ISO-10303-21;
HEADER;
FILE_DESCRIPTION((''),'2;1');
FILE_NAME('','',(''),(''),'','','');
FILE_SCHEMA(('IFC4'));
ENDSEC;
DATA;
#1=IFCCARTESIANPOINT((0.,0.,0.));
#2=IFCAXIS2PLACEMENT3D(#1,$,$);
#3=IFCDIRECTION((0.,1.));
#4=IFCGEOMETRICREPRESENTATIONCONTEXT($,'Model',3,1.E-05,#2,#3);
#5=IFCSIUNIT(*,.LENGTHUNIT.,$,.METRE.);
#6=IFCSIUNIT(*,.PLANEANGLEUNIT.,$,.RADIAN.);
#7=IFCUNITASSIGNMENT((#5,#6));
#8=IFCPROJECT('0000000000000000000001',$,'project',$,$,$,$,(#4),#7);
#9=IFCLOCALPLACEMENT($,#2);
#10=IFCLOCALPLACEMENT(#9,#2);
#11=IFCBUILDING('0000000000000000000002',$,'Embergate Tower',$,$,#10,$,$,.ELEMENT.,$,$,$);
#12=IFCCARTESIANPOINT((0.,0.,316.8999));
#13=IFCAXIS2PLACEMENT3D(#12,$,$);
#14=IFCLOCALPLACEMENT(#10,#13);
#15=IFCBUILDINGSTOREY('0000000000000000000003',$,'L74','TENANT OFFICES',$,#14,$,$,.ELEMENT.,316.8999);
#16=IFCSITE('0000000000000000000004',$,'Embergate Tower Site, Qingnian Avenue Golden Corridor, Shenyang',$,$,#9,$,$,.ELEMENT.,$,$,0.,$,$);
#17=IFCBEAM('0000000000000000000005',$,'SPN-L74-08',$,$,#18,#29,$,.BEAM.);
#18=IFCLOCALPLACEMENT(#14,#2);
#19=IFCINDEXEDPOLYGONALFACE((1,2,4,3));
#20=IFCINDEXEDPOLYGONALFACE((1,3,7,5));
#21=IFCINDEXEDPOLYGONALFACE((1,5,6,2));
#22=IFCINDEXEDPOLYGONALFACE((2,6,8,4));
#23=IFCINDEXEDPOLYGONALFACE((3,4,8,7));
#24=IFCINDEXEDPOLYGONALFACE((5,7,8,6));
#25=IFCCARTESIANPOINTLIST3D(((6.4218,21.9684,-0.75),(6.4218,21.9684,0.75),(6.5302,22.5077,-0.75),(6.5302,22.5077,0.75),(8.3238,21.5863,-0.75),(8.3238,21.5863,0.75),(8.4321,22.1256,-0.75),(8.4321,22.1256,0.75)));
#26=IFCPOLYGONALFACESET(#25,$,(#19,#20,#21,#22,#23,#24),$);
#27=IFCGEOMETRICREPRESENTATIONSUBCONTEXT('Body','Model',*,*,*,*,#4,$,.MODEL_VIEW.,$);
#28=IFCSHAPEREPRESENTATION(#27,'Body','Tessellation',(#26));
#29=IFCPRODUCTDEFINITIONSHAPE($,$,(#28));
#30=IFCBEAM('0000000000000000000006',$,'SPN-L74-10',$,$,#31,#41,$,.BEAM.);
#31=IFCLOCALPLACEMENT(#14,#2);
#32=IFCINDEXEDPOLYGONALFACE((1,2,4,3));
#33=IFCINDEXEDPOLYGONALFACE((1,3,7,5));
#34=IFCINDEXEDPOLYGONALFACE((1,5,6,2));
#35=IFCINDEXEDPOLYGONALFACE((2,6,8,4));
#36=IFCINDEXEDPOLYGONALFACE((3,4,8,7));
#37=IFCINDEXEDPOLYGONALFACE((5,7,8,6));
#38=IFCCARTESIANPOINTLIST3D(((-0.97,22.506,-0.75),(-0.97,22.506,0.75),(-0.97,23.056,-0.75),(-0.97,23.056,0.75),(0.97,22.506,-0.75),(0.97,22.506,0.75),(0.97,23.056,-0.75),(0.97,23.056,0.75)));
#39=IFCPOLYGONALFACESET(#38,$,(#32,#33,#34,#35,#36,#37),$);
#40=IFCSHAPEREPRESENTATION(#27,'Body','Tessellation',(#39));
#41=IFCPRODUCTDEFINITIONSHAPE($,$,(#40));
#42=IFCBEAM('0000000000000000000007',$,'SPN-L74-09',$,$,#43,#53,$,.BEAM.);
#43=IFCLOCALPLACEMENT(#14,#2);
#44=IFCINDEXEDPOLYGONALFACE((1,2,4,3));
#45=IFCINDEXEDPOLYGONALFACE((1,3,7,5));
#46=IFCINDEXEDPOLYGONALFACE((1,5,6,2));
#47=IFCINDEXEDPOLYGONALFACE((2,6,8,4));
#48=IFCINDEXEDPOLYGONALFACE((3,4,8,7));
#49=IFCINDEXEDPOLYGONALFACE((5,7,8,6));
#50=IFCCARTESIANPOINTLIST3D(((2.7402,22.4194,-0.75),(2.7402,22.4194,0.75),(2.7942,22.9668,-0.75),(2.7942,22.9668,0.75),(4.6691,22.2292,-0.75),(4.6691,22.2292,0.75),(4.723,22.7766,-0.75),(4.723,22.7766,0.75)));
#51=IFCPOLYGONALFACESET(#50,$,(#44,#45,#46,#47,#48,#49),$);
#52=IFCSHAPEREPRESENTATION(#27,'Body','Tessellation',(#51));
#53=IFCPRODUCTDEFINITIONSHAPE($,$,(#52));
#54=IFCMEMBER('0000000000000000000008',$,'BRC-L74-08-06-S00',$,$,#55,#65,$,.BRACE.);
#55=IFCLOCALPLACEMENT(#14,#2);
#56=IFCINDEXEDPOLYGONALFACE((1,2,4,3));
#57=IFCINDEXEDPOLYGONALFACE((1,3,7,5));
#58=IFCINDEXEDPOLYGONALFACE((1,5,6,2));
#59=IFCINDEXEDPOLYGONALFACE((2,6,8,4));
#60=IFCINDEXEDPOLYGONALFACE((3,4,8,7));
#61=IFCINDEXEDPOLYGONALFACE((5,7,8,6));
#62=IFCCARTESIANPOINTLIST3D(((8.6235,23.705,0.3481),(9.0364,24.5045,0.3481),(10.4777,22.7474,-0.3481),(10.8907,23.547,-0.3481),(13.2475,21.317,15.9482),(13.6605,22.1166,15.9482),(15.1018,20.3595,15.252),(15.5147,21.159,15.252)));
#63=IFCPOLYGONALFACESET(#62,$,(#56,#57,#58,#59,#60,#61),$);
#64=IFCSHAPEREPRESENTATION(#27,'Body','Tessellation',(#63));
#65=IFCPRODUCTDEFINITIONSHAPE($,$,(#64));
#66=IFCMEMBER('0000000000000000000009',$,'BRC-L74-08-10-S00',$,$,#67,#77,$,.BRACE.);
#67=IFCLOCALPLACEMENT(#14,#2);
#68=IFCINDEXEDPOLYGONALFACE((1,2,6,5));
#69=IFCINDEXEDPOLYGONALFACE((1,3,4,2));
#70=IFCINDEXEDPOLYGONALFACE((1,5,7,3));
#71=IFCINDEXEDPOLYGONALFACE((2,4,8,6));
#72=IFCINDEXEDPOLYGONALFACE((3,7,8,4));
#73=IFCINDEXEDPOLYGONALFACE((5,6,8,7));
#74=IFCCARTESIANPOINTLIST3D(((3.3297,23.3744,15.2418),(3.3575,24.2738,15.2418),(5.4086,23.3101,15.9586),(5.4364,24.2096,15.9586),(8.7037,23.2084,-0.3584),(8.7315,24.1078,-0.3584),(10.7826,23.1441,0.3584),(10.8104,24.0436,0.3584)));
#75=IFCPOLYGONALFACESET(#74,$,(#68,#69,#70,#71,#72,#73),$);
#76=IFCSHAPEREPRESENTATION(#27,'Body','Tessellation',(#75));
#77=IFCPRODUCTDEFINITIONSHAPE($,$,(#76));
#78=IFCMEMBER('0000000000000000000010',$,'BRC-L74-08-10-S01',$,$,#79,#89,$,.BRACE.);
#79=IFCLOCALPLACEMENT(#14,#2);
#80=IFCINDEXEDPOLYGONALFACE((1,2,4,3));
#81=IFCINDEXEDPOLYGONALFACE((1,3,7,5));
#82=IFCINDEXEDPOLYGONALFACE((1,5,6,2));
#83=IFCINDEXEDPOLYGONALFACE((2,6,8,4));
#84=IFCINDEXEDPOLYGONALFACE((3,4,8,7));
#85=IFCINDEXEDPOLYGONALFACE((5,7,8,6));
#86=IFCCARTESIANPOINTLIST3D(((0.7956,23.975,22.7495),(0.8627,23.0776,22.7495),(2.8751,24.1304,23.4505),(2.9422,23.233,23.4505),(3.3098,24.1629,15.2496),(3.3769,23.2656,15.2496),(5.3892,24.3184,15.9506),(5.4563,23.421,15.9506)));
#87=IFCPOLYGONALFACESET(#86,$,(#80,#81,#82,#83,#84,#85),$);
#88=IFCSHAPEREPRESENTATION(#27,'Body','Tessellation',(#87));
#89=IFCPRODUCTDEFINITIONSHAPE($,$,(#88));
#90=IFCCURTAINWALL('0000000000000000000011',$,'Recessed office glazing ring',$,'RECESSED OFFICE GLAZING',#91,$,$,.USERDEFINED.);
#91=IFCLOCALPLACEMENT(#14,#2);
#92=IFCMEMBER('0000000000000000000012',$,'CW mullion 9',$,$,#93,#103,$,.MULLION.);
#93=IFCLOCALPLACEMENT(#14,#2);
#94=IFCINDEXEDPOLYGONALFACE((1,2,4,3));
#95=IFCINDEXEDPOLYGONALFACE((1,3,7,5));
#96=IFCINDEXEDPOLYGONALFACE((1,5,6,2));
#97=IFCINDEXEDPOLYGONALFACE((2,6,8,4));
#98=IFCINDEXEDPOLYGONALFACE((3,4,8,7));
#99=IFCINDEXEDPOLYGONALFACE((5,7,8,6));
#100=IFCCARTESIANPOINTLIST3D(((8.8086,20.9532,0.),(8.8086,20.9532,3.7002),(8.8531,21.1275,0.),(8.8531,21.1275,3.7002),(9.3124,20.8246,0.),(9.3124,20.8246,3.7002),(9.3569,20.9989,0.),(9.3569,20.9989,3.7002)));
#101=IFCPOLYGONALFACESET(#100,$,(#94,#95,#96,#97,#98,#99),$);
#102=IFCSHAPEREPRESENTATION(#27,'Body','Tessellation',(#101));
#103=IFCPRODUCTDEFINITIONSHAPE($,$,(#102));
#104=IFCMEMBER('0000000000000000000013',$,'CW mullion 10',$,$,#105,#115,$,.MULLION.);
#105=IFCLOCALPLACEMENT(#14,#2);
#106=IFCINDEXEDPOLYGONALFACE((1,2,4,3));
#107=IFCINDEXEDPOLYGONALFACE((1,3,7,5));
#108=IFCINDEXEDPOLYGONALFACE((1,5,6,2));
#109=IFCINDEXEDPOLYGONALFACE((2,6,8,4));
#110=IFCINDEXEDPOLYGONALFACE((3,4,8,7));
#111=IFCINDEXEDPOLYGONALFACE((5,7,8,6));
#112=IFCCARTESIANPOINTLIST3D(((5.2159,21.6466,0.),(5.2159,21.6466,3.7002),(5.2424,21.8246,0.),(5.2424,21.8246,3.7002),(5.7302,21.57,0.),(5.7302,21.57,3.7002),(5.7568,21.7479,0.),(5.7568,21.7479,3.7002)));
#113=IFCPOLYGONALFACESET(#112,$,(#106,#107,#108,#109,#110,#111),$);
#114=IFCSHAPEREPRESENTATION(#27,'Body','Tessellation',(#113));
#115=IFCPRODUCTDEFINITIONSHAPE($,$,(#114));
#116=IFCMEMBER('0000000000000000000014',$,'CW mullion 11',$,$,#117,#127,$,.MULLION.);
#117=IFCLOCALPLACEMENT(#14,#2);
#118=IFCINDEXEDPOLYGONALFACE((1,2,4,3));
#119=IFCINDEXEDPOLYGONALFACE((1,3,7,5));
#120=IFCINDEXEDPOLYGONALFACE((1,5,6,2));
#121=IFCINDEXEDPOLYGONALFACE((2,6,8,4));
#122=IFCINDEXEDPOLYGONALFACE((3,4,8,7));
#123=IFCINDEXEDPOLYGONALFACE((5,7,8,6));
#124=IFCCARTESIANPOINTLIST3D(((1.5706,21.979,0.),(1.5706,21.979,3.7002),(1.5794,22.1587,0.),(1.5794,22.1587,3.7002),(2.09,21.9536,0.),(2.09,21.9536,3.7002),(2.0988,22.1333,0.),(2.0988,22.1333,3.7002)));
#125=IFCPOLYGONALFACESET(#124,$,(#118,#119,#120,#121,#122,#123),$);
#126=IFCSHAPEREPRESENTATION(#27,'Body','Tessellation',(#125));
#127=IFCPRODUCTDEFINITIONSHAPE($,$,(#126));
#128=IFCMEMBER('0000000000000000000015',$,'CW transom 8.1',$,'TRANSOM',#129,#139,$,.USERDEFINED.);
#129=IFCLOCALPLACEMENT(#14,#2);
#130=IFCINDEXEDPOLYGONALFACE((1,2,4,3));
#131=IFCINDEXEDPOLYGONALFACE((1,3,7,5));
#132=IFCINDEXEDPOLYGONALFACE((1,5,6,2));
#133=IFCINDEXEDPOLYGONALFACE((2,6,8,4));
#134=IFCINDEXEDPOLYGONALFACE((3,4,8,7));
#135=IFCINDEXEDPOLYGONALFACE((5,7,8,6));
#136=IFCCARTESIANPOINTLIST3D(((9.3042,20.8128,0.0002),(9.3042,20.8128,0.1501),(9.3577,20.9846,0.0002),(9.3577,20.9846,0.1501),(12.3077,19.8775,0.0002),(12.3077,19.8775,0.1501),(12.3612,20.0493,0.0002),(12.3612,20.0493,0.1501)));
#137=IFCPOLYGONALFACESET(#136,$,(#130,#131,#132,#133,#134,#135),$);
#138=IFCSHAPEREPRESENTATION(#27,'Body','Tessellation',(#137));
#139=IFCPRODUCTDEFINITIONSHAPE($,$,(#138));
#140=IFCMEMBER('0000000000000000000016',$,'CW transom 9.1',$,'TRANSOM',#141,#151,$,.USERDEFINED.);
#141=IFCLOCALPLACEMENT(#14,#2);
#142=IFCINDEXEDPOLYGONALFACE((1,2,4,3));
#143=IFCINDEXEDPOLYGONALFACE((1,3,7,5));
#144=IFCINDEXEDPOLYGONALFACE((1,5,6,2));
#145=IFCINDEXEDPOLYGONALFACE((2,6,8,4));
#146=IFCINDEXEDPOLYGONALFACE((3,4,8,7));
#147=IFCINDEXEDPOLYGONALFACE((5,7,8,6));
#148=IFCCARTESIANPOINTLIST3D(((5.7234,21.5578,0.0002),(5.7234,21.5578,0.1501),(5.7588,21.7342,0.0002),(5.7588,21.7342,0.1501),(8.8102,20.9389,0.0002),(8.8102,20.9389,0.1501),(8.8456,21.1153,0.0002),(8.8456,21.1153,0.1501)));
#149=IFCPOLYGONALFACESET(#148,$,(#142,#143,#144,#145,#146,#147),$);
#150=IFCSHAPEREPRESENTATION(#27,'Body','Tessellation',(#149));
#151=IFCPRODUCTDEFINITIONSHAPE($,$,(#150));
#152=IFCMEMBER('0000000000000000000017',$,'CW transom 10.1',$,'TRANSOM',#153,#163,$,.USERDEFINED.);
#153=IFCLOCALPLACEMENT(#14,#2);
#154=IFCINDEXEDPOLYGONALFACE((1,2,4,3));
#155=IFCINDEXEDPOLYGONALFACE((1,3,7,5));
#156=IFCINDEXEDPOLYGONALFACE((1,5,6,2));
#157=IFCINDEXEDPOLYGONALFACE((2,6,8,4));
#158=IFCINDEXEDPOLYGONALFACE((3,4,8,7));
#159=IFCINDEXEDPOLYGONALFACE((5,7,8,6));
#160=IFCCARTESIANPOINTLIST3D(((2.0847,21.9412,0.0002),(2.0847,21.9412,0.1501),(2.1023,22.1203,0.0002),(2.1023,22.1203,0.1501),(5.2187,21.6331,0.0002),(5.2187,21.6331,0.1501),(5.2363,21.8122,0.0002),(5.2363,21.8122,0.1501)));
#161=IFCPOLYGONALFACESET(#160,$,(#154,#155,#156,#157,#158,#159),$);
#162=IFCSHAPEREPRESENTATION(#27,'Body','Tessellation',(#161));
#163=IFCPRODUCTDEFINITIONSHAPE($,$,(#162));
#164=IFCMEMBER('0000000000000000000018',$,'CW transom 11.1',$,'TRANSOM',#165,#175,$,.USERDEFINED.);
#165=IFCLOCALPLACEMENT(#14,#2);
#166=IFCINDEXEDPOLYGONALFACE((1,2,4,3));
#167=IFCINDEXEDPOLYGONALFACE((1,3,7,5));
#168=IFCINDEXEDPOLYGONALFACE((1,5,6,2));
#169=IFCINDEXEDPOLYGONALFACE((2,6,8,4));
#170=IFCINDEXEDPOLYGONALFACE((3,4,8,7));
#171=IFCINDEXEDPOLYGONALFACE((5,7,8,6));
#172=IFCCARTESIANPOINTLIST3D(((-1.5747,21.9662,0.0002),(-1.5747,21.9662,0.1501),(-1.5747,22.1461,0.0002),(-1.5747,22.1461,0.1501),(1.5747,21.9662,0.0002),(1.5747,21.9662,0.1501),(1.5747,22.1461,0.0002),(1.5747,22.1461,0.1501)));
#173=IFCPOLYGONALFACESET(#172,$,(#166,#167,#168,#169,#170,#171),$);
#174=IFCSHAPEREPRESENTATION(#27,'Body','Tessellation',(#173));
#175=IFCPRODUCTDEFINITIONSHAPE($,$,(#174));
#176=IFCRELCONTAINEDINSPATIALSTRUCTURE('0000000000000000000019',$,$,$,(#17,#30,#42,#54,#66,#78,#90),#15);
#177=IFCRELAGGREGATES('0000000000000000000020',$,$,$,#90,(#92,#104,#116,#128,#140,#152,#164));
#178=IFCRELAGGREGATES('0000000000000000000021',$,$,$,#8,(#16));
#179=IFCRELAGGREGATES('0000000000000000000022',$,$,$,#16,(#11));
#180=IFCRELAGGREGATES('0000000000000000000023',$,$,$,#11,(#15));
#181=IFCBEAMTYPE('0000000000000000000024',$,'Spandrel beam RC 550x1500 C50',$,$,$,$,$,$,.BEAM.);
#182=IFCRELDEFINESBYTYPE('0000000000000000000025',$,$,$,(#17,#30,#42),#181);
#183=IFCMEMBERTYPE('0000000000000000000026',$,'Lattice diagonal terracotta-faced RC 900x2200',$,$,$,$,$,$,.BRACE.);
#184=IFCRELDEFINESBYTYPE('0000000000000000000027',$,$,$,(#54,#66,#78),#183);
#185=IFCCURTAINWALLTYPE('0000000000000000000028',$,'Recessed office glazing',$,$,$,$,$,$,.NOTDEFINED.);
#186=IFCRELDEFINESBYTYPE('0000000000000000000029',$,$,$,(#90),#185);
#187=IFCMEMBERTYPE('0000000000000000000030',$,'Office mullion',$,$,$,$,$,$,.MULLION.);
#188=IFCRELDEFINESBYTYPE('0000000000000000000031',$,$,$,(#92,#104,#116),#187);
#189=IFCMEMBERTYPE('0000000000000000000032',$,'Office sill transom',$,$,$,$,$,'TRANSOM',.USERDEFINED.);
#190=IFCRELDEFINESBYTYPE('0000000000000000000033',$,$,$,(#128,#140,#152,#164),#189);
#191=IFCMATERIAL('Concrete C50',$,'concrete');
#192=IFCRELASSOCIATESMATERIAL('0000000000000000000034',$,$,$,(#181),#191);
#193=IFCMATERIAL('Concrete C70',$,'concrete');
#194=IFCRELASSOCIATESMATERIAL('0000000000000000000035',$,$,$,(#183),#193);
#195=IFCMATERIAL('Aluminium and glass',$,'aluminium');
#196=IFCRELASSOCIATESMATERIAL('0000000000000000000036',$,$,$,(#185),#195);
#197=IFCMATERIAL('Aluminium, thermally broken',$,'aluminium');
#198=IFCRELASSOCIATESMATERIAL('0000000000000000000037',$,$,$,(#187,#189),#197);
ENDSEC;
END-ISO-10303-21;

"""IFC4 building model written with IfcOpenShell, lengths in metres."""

from ifc_helpers import new_model, si_unit, direction, frame, origin, origin_2d, place, context, subcontext, project, spatial, rectangle, extrude, source, transform, mapped, material, material_profile, profile_set, type_object, element, aggregate, save


model = new_model("IFC4")

# Units and contexts
model_context = context("Model", 3, precision=1e-05, world=origin(), true_north=direction((0.0, 1.0)))
body_context = subcontext(model_context, "Body", "Model", "MODEL_VIEW")
ifc_project = project(units=[si_unit("LENGTHUNIT", "METRE"), si_unit("PLANEANGLEUNIT", "RADIAN")], contexts=[model_context])

# Site, building, storey
site_placement = place(None, origin())
site = spatial("IfcSite", under=ifc_project, at=site_placement, Name="Embergate Tower Site, Qingnian Avenue Golden Corridor, Shenyang", CompositionType="ELEMENT", RefElevation=0.0)
building_placement = place(site_placement, origin())
building = spatial("IfcBuilding", under=site, at=building_placement, Name="Embergate Tower", CompositionType="ELEMENT")
storey_placement = place(building_placement, frame((0.0, 0.0, 316.8999)))
storey = spatial("IfcBuildingStorey", under=building, at=storey_placement, Name="L74", Description="TENANT OFFICES", CompositionType="ELEMENT", Elevation=316.8999)

# Beams
ifc_material_1 = material(Name="Concrete C50", Category="concrete")
ifc_material_profile_1 = material_profile(ifc_material_1, rectangle(XDim=0.55, YDim=1.5, at=origin_2d()), Name="RC 550x1500")
ifc_profile_set_1 = profile_set([ifc_material_profile_1], Name="Concrete C50")
beam_type = type_object("IfcBeamType", Name="Spandrel beam RC 550x1500 C50", PredefinedType="BEAM", material=ifc_profile_set_1)
shared_shape_1 = source(origin(), body_context, "Body", "SweptSolid", [
    extrude(rectangle(XDim=0.55, YDim=1.5, at=origin_2d()), origin(), (0.0, 0.0, 1.0), 1.9399),
])
for number, where, z_axis, x_axis, name in (
    (1, (8.3779, 21.856, 0.0), (-0.980411, 0.196963, 0.0), (-0.196963, -0.980411, 0.0), "SPN-L74-08"),
    (2, (0.97, 22.781, 0.0), (-1.0, 0.0, 0.0), (0.0, -1.0, 0.0), "SPN-L74-10"),
):
    element("IfcBeam", number, at=place(storey_placement, frame(where, z_axis=z_axis, x_axis=x_axis)), inside=storey, type_object=beam_type, Name=name, PredefinedType="BEAM", context=body_context, shape_type="MappedRepresentation", body=[
        mapped(shared_shape_1, transform((0.0, 0.0, 0.0))),
    ])
shared_shape_2 = source(origin(), body_context, "Body", "SweptSolid", [
    extrude(rectangle(XDim=0.55, YDim=1.5, at=origin_2d()), origin(), (0.0, 0.0, 1.0), 1.9382),
])
beam_placement = place(storey_placement, frame((4.696, 22.5029, 0.0), z_axis=(-0.995175, 0.098119, 0.0), x_axis=(-0.098119, -0.995175, 0.0)))
element("IfcBeam", 3, at=beam_placement, inside=storey, type_object=beam_type, Name="SPN-L74-09", PredefinedType="BEAM", context=body_context, shape_type="MappedRepresentation", body=[
    mapped(shared_shape_2, transform((0.0, 0.0, 0.0))),
])

# Members
ifc_material_2 = material(Name="Concrete C70", Category="concrete")
ifc_material_profile_2 = material_profile(ifc_material_2, rectangle(XDim=0.8999, YDim=2.2, at=origin_2d()), Name="RC 900x2200")
ifc_profile_set_2 = profile_set([ifc_material_profile_2], Name="Concrete C70")
member_type_1 = type_object("IfcMemberType", Name="Lattice diagonal terracotta-faced RC 900x2200", PredefinedType="BRACE", material=ifc_profile_set_2)
shared_shape_3 = source(origin(), body_context, "Body", "SweptSolid", [
    extrude(rectangle(XDim=0.8999, YDim=2.2, at=origin_2d()), origin(), (0.0, 0.0, 1.0), 16.4453),
])
member_1_placement = place(storey_placement, frame((9.7571, 23.626, 0.0), z_axis=(0.281177, -0.145205, 0.948607), x_axis=(0.458847, 0.888515, 0.0)))
element("IfcMember", 4, at=member_1_placement, inside=storey, type_object=member_type_1, Name="BRC-L74-08-06-S00", PredefinedType="BRACE", context=body_context, shape_type="MappedRepresentation", body=[
    mapped(shared_shape_3, transform((0.0, 0.0, 0.0))),
])
shared_shape_4 = source(origin(), body_context, "Body", "SweptSolid", [
    extrude(rectangle(XDim=0.8999, YDim=2.2, at=origin_2d()), origin(), (0.0, 0.0, 1.0), 16.5007),
])
member_2_placement = place(storey_placement, frame((9.7571, 23.626, 0.0), z_axis=(-0.325686, 0.010061, 0.945424), x_axis=(-0.030878, -0.999523, 0.0)))
element("IfcMember", 5, at=member_2_placement, inside=storey, type_object=member_type_1, Name="BRC-L74-08-10-S00", PredefinedType="BRACE", context=body_context, shape_type="MappedRepresentation", body=[
    mapped(shared_shape_4, transform((0.0, 0.0, 0.0))),
])
shared_shape_5 = source(origin(), body_context, "Body", "SweptSolid", [
    extrude(rectangle(XDim=0.8999, YDim=2.2, at=origin_2d()), origin(), (0.0, 0.0, 1.0), 7.9124),
])
member_3_placement = place(storey_placement, frame((4.3831, 23.792, 15.6001), z_axis=(-0.317749, -0.023759, 0.947877), x_axis=(0.074564, -0.997216, 0.0)))
element("IfcMember", 6, at=member_3_placement, inside=storey, type_object=member_type_1, Name="BRC-L74-08-10-S01", PredefinedType="BRACE", context=body_context, shape_type="MappedRepresentation", body=[
    mapped(shared_shape_5, transform((0.0, 0.0, 0.0))),
])

# Curtain wall, members
ifc_material_3 = material(Name="Aluminium and glass", Category="aluminium")
curtain_wall_type = type_object("IfcCurtainWallType", Name="Recessed office glazing", PredefinedType="NOTDEFINED", material=ifc_material_3)
curtain_wall_placement = place(storey_placement, origin())
curtain_wall = element("IfcCurtainWall", 7, at=curtain_wall_placement, inside=storey, type_object=curtain_wall_type, Name="Recessed office glazing ring", ObjectType="RECESSED OFFICE GLAZING", PredefinedType="USERDEFINED")
ifc_material_4 = material(Name="Aluminium, thermally broken", Category="aluminium")
ifc_material_profile_3 = material_profile(ifc_material_4, rectangle(XDim=0.1799, YDim=0.52, at=origin_2d()), Name="AL 520x180")
ifc_profile_set_3 = profile_set([ifc_material_profile_3], Name="Aluminium, thermally broken")
member_type_2 = type_object("IfcMemberType", Name="Office mullion", PredefinedType="MULLION", material=ifc_profile_set_3)
shared_shape_6 = source(origin(), body_context, "Body", "SweptSolid", [
    extrude(rectangle(XDim=0.1799, YDim=0.52, at=origin_2d()), origin(), (0.0, 0.0, 1.0), 3.7002),
])
member_4_placement = place(storey_placement, frame((9.0828, 20.9761, 0.0), z_axis=(0.0, 0.0, 1.0), x_axis=(-0.24731, -0.968936, 0.0)))
member_4 = element("IfcMember", 8, at=member_4_placement, type_object=member_type_2, Name="CW mullion 9", PredefinedType="MULLION", context=body_context, shape_type="MappedRepresentation", body=[
    mapped(shared_shape_6, transform((0.0, 0.0, 0.0))),
])
member_5_placement = place(storey_placement, frame((5.4863, 21.6973, 0.0), z_axis=(0.0, 0.0, 1.0), x_axis=(-0.147411, -0.989075, 0.0)))
member_5 = element("IfcMember", 9, at=member_5_placement, type_object=member_type_2, Name="CW mullion 10", PredefinedType="MULLION", context=body_context, shape_type="MappedRepresentation", body=[
    mapped(shared_shape_6, transform((0.0, 0.0, 0.0))),
])
member_6_placement = place(storey_placement, frame((1.8347, 22.0562, 0.0), z_axis=(0.0, 0.0, 1.0), x_axis=(-0.048972, -0.9988, 0.0)))
member_6 = element("IfcMember", 10, at=member_6_placement, type_object=member_type_2, Name="CW mullion 11", PredefinedType="MULLION", context=body_context, shape_type="MappedRepresentation", body=[
    mapped(shared_shape_6, transform((0.0, 0.0, 0.0))),
])
ifc_material_profile_4 = material_profile(ifc_material_4, rectangle(XDim=0.1799, YDim=0.1499, at=origin_2d()), Name="AL 150x180")
ifc_profile_set_4 = profile_set([ifc_material_profile_4], Name="Aluminium, thermally broken")
member_type_3 = type_object("IfcMemberType", Name="Office sill transom", ElementType="TRANSOM", PredefinedType="USERDEFINED", material=ifc_profile_set_4)
shared_shape_7 = source(origin(), body_context, "Body", "SweptSolid", [
    extrude(rectangle(XDim=0.1799, YDim=0.1499, at=origin_2d()), origin(), (0.0, 0.0, 1.0), 3.1458),
])
member_7_placement = place(storey_placement, frame((12.3345, 19.9634, 0.0752), z_axis=(-0.954775, 0.297329, 0.0), x_axis=(-0.297329, -0.954775, 0.0)))
member_7 = element("IfcMember", 11, at=member_7_placement, type_object=member_type_3, Name="CW transom 8.1", ObjectType="TRANSOM", PredefinedType="USERDEFINED", context=body_context, shape_type="MappedRepresentation", body=[
    mapped(shared_shape_7, transform((0.0, 0.0, 0.0))),
])
shared_shape_8 = source(origin(), body_context, "Body", "SweptSolid", [
    extrude(rectangle(XDim=0.1799, YDim=0.1499, at=origin_2d()), origin(), (0.0, 0.0, 1.0), 3.1482),
])
member_8_placement = place(storey_placement, frame((8.8279, 21.0271, 0.0752), z_axis=(-0.980485, 0.196593, 0.0), x_axis=(-0.196593, -0.980485, 0.0)))
member_8 = element("IfcMember", 12, at=member_8_placement, type_object=member_type_3, Name="CW transom 9.1", ObjectType="TRANSOM", PredefinedType="USERDEFINED", context=body_context, shape_type="MappedRepresentation", body=[
    mapped(shared_shape_8, transform((0.0, 0.0, 0.0))),
])
shared_shape_9 = source(origin(), body_context, "Body", "SweptSolid", [
    extrude(rectangle(XDim=0.1799, YDim=0.1499, at=origin_2d()), origin(), (0.0, 0.0, 1.0), 3.1492),
])
member_9_placement = place(storey_placement, frame((5.2275, 21.7227, 0.0752), z_axis=(-0.995202, 0.097838, 0.0), x_axis=(-0.097838, -0.995202, 0.0)))
member_9 = element("IfcMember", 13, at=member_9_placement, type_object=member_type_3, Name="CW transom 10.1", ObjectType="TRANSOM", PredefinedType="USERDEFINED", context=body_context, shape_type="MappedRepresentation", body=[
    mapped(shared_shape_9, transform((0.0, 0.0, 0.0))),
])
shared_shape_10 = source(origin(), body_context, "Body", "SweptSolid", [
    extrude(rectangle(XDim=0.1799, YDim=0.1499, at=origin_2d()), origin(), (0.0, 0.0, 1.0), 3.1494),
])
member_10_placement = place(storey_placement, frame((1.5747, 22.0562, 0.0752), z_axis=(-1.0, 0.0, 0.0), x_axis=(0.0, -1.0, 0.0)))
member_10 = element("IfcMember", 14, at=member_10_placement, type_object=member_type_3, Name="CW transom 11.1", ObjectType="TRANSOM", PredefinedType="USERDEFINED", context=body_context, shape_type="MappedRepresentation", body=[
    mapped(shared_shape_10, transform((0.0, 0.0, 0.0))),
])
aggregate(curtain_wall, [member_4, member_5, member_6, member_7, member_8, member_9, member_10])

save(model, "model.ifc")
